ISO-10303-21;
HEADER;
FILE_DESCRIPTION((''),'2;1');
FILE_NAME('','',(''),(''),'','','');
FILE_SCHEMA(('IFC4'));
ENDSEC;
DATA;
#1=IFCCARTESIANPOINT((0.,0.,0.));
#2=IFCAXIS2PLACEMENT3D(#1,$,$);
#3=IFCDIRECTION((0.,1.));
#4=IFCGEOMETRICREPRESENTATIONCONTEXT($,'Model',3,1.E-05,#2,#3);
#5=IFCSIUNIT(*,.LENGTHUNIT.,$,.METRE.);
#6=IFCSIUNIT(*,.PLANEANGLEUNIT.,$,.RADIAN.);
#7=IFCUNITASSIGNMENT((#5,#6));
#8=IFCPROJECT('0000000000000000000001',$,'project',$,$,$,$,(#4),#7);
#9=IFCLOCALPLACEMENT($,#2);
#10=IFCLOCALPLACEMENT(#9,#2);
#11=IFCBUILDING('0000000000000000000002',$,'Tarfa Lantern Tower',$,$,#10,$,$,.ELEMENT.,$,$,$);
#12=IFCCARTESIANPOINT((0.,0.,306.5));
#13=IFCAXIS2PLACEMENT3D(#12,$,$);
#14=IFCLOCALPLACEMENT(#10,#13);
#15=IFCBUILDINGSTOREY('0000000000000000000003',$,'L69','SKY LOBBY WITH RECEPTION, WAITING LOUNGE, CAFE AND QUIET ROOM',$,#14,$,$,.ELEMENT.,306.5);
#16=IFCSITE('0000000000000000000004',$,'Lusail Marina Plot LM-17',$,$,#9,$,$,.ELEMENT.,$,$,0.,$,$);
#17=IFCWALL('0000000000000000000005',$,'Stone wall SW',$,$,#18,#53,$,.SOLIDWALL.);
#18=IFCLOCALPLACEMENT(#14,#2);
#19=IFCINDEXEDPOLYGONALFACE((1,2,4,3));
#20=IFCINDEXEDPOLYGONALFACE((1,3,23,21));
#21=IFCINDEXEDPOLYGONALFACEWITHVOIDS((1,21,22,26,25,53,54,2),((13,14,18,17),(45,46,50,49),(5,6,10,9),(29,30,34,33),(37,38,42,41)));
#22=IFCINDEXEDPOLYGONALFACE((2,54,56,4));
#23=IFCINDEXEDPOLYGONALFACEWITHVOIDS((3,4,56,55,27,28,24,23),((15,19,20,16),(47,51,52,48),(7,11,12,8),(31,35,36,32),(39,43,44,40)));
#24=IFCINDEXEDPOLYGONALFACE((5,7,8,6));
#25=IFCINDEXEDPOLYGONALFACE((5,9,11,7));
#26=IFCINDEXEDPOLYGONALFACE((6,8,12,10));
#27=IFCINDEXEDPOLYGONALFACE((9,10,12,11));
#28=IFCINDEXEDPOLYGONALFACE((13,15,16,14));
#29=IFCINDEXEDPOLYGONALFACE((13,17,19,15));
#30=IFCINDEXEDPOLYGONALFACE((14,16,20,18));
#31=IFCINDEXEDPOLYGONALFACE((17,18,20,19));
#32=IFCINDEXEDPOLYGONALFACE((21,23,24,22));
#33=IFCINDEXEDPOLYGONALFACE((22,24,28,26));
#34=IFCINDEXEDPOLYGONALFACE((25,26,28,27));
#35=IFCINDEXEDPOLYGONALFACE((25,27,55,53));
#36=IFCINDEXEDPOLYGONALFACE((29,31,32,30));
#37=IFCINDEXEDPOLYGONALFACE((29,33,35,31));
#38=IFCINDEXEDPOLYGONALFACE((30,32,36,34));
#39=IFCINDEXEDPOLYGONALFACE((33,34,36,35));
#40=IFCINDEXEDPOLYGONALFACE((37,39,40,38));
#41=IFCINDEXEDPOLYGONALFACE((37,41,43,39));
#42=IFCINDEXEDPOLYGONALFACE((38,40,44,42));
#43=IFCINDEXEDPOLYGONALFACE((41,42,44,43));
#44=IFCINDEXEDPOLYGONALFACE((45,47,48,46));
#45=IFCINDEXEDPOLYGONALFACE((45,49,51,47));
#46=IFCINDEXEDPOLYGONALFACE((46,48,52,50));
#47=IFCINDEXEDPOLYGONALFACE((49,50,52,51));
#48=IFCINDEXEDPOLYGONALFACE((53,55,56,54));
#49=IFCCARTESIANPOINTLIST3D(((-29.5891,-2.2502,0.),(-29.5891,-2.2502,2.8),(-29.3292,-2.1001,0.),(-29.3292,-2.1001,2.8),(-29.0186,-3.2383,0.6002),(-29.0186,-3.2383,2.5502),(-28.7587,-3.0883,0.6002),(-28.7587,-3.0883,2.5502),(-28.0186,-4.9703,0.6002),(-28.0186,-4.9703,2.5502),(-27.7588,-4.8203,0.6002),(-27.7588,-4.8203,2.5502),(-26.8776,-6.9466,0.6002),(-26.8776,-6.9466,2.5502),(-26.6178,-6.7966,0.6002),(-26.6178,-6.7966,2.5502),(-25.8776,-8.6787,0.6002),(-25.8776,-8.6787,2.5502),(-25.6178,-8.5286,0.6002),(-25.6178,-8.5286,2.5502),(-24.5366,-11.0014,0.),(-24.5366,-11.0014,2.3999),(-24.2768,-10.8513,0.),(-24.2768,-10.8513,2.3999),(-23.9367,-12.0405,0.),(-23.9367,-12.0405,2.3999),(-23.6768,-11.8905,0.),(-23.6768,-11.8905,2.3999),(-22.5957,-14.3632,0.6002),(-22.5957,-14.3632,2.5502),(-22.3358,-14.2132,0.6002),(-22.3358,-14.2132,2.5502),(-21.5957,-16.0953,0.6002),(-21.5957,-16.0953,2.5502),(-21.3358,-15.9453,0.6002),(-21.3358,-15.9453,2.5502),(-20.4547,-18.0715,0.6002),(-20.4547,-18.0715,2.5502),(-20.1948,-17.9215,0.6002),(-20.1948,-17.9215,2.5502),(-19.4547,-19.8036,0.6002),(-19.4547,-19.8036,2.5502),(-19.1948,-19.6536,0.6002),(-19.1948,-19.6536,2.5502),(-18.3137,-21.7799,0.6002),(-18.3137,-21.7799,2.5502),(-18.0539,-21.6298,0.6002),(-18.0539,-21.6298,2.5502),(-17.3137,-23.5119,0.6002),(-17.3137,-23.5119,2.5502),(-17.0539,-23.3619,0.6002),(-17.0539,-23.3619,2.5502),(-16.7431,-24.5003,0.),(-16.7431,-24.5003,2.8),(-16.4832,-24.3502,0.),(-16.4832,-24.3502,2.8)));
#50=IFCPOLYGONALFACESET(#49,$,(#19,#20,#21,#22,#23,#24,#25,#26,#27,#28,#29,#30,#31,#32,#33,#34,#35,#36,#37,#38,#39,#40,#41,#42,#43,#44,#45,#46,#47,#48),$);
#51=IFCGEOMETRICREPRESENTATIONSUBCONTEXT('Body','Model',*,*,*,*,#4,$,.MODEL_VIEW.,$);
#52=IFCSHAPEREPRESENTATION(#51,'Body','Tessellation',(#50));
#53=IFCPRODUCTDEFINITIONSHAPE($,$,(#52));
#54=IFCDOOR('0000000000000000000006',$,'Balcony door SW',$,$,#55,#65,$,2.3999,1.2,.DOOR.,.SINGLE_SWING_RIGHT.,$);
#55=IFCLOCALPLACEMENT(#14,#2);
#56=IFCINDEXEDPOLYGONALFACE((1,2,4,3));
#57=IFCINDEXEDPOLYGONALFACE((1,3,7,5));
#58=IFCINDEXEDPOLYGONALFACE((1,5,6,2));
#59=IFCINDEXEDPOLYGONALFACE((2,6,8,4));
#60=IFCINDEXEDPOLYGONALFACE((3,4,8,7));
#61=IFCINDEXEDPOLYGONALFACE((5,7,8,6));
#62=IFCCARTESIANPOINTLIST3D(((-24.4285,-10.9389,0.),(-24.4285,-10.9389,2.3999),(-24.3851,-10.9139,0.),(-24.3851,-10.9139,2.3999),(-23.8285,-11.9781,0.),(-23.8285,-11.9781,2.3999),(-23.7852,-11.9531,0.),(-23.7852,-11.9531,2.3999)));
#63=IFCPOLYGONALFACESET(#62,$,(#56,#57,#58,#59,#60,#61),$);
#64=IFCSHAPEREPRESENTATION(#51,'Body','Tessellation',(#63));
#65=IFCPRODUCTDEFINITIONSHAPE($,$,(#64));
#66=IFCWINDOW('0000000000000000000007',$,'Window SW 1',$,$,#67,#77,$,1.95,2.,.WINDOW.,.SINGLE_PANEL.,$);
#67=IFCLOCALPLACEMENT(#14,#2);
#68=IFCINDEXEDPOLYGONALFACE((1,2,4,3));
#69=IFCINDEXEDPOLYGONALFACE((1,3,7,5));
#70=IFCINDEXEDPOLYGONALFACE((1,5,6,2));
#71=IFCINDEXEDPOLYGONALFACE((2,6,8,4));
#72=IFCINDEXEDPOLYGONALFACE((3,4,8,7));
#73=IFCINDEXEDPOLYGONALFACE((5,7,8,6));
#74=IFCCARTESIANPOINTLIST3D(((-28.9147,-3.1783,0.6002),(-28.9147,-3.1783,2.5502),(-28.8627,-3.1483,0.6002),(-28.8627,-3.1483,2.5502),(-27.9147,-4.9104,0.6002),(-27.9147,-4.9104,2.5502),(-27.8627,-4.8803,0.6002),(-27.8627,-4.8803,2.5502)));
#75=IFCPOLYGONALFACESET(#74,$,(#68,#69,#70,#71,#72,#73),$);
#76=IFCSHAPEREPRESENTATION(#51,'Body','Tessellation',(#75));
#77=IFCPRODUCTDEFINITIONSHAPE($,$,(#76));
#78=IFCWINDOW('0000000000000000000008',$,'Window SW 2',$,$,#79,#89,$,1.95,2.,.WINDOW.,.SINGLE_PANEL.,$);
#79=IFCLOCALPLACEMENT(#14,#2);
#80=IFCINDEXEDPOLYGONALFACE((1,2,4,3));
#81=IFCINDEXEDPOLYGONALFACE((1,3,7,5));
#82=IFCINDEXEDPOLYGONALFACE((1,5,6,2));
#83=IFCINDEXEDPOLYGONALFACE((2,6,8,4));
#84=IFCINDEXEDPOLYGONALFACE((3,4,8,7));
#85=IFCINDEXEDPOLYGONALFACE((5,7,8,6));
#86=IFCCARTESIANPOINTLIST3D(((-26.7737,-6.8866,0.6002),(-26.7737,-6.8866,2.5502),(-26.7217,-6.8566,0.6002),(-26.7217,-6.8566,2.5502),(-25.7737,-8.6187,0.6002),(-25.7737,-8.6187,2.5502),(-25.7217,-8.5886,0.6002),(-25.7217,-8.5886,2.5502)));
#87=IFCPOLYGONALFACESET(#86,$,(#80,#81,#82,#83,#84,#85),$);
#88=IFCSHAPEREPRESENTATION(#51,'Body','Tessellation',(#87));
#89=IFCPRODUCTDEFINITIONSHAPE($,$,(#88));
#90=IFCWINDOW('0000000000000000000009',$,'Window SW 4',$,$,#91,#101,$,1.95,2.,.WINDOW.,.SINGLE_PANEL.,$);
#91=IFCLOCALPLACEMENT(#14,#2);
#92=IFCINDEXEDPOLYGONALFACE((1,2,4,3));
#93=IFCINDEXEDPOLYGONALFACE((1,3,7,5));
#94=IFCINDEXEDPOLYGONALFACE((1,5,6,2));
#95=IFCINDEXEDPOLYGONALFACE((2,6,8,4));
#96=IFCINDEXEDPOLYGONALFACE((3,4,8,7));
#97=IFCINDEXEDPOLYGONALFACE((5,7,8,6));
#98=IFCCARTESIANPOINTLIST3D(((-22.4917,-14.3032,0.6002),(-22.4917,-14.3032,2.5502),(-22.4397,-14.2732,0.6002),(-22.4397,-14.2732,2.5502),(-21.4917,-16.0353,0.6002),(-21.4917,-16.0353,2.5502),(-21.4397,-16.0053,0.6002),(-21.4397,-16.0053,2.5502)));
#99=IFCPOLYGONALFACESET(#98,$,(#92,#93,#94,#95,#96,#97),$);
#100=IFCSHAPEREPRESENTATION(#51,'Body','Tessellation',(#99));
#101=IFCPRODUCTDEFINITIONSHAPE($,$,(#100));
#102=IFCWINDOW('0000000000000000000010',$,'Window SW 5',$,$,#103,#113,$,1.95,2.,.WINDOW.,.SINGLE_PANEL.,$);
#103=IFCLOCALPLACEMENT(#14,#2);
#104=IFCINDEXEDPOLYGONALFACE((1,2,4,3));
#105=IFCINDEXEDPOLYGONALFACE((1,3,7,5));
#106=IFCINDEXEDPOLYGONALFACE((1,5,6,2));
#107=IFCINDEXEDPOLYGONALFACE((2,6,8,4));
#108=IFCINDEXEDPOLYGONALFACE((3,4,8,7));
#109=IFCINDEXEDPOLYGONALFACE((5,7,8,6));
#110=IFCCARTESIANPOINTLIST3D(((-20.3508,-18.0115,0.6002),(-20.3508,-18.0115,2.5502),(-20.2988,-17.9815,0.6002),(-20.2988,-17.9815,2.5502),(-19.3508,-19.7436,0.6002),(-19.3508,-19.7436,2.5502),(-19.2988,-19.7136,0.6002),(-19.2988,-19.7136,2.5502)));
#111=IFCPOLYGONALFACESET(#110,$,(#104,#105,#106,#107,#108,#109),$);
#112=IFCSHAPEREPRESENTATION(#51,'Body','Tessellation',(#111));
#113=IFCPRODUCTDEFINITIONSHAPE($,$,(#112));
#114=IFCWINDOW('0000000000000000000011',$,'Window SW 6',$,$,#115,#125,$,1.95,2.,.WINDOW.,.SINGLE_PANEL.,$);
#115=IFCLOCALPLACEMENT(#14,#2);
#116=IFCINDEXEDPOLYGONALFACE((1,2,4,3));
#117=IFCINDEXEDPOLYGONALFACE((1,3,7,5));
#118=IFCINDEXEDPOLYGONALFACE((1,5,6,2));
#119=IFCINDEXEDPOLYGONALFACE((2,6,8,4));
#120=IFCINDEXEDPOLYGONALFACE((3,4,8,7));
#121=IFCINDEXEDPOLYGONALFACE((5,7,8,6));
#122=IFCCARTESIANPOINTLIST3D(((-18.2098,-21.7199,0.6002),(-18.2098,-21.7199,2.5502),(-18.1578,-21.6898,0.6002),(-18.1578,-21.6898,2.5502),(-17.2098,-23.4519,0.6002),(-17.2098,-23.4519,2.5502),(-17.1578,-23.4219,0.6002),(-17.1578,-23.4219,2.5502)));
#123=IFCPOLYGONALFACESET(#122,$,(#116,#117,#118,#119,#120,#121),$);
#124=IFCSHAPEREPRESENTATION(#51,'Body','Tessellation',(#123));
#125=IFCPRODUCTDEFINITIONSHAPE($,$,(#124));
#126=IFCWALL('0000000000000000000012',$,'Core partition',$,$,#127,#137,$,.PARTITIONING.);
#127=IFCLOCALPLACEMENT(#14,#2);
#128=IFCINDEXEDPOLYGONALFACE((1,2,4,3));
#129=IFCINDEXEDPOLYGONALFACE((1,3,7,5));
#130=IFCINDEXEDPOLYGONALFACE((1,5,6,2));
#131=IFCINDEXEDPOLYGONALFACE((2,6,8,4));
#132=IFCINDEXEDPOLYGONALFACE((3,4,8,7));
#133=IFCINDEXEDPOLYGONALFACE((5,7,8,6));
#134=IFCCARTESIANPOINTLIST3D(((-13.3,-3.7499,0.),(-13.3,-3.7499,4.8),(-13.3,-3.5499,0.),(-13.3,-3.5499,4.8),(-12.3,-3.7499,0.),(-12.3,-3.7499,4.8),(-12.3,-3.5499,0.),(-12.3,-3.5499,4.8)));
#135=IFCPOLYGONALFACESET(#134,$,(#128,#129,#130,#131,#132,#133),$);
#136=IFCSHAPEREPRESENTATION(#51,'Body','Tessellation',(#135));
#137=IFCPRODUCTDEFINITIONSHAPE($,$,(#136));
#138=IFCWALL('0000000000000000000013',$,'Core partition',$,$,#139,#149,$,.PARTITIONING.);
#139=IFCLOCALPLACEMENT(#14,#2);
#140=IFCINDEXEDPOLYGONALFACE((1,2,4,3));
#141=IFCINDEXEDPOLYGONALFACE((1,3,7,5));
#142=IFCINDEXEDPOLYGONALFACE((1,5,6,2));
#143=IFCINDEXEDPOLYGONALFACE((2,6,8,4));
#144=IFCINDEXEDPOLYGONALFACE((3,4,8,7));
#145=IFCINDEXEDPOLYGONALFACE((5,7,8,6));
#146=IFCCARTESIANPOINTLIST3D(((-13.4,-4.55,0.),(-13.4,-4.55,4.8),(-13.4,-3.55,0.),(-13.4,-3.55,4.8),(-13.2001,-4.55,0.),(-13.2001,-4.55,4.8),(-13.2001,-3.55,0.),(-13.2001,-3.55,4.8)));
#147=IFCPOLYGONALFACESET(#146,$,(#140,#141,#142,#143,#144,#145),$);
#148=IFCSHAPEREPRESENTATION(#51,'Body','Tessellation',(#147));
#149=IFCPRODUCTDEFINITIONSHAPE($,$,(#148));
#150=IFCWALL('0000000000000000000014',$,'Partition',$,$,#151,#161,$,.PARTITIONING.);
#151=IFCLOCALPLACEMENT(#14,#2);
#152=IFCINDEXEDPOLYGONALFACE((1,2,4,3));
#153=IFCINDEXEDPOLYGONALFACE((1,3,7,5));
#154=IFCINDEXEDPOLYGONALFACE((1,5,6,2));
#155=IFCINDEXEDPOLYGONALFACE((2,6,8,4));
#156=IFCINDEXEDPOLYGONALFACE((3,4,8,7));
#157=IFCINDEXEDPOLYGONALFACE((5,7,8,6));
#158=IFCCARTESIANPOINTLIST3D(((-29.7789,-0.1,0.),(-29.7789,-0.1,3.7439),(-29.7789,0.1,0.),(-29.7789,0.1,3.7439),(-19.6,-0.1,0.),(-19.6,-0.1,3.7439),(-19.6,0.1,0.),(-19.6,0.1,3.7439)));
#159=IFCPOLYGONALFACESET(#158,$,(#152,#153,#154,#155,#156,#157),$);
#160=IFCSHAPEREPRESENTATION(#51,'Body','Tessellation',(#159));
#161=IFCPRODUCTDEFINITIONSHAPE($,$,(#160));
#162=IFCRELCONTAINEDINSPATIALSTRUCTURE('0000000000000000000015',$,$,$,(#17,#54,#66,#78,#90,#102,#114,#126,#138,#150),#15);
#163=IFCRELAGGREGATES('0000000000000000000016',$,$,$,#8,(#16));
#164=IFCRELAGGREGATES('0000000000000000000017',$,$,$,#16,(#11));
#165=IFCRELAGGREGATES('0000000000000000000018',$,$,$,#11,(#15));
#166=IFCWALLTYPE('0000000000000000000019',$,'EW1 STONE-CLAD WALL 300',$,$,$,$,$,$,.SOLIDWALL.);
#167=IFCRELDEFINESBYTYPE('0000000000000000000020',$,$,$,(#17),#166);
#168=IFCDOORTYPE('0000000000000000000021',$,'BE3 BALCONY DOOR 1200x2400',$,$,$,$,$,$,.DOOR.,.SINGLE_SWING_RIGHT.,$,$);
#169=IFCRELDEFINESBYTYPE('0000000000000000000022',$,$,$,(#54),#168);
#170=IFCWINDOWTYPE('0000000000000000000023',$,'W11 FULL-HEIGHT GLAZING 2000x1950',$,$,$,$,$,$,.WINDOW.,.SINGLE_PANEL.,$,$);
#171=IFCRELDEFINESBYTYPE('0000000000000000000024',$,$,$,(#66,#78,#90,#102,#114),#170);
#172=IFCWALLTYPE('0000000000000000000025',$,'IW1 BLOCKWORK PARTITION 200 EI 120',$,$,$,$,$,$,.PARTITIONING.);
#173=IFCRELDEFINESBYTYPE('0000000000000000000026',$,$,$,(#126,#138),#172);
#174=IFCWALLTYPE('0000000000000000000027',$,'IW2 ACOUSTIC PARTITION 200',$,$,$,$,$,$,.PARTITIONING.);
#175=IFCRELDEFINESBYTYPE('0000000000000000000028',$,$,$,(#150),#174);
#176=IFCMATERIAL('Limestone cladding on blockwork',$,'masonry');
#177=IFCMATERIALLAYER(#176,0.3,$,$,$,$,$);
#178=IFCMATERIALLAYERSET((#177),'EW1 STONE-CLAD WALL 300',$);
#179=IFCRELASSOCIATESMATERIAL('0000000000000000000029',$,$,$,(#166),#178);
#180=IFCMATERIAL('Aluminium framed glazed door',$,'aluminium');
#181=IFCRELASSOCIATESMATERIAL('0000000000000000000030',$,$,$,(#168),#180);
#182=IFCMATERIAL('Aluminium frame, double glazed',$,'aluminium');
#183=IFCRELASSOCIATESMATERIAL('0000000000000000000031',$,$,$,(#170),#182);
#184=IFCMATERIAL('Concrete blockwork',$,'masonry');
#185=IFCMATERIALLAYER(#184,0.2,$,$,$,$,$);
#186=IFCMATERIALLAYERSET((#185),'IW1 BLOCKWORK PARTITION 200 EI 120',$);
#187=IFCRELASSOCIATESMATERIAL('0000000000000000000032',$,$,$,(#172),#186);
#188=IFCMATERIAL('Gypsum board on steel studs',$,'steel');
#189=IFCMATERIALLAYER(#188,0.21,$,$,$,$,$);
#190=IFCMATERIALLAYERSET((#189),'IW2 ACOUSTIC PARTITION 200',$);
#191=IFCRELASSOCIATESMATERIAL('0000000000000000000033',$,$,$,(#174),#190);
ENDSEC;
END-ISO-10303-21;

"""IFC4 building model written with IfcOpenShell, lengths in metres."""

from ifc_helpers import new_model, si_unit, direction, frame, frame_2d, origin, place, context, subcontext, project, spatial, rectangle, extrude, material, layer, layer_set, type_object, element, fill, save


model = new_model("IFC4")

# Units and contexts
model_context = context("Model", 3, precision=1e-05, world=origin(), true_north=direction((0.0, 1.0)))
body_context = subcontext(model_context, "Body", "Model", "MODEL_VIEW")
ifc_project = project(units=[si_unit("LENGTHUNIT", "METRE"), si_unit("PLANEANGLEUNIT", "RADIAN")], contexts=[model_context])

# Site, building, storey
site_placement = place(None, origin())
site = spatial("IfcSite", under=ifc_project, at=site_placement, Name="Lusail Marina Plot LM-17", CompositionType="ELEMENT", RefElevation=0.0)
building_placement = place(site_placement, origin())
building = spatial("IfcBuilding", under=site, at=building_placement, Name="Tarfa Lantern Tower", CompositionType="ELEMENT")
storey_placement = place(building_placement, frame((0.0, 0.0, 306.5)))
storey = spatial("IfcBuildingStorey", under=building, at=storey_placement, Name="L69", Description="SKY LOBBY WITH RECEPTION, WAITING LOUNGE, CAFE AND QUIET ROOM", CompositionType="ELEMENT", Elevation=306.5)

# Wall, openings, door, windows
ifc_material_1 = material(Name="Limestone cladding on blockwork", Category="masonry")
ifc_layer_1 = layer(ifc_material_1, 0.3)
ifc_layer_set_1 = layer_set([ifc_layer_1], Name="EW1 STONE-CLAD WALL 300")
wall_type_1 = type_object("IfcWallType", Name="EW1 STONE-CLAD WALL 300", PredefinedType="SOLIDWALL", material=ifc_layer_set_1)
wall_1_placement = place(storey_placement, frame((-29.4592, -2.175, 0.0), z_axis=(0.0, 0.0, 1.0), x_axis=(0.499997, -0.866027, 0.0)))
wall_1 = element("IfcWall", 1, at=wall_1_placement, inside=storey, type_object=wall_type_1, Name="Stone wall SW", PredefinedType="SOLIDWALL", context=body_context, shape_type="SweptSolid", body=[
    extrude(rectangle(XDim=25.6921, YDim=0.3, at=frame_2d((12.8462, 0.0))), origin(), (0.0, 0.0, 1.0), 2.8),
])
opening_1_placement = place(wall_1_placement, frame((1.1411, 0.0, 0.6001)))
opening_1 = element("IfcOpeningElement", 2, at=opening_1_placement, cuts=wall_1, PredefinedType="OPENING", context=body_context, shape_type="SweptSolid", body=[
    extrude(rectangle(XDim=2.0, YDim=1.95, at=frame_2d((1.0, 0.9751))), frame((0.0, 0.1599, 0.0), z_axis=(0.0, -1.0, 0.0), x_axis=(1.0, 0.0, 0.0)), (0.0, 0.0, 1.0), 0.3201),
])
opening_2_placement = place(wall_1_placement, frame((5.4231, 0.0, 0.6001)))
opening_2 = element("IfcOpeningElement", 3, at=opening_2_placement, cuts=wall_1, PredefinedType="OPENING", context=body_context, shape_type="SweptSolid", body=[
    extrude(rectangle(XDim=2.0, YDim=1.95, at=frame_2d((1.0, 0.9751))), frame((0.0, 0.1599, 0.0), z_axis=(0.0, -1.0, 0.0), x_axis=(1.0, 0.0, 0.0)), (0.0, 0.0, 1.0), 0.3201),
])
opening_3_placement = place(wall_1_placement, frame((10.105, 0.0, 0.0)))
opening_3 = element("IfcOpeningElement", 4, at=opening_3_placement, cuts=wall_1, PredefinedType="OPENING", context=body_context, shape_type="SweptSolid", body=[
    extrude(rectangle(XDim=1.2, YDim=2.3999, at=frame_2d((0.6001, 1.2))), frame((0.0, 0.1599, 0.0), z_axis=(0.0, -1.0, 0.0), x_axis=(1.0, 0.0, 0.0)), (0.0, 0.0, 1.0), 0.3201),
])
opening_4_placement = place(wall_1_placement, frame((13.9871, 0.0, 0.6001)))
opening_4 = element("IfcOpeningElement", 5, at=opening_4_placement, cuts=wall_1, PredefinedType="OPENING", context=body_context, shape_type="SweptSolid", body=[
    extrude(rectangle(XDim=2.0, YDim=1.95, at=frame_2d((1.0, 0.9751))), frame((0.0, 0.1599, 0.0), z_axis=(0.0, -1.0, 0.0), x_axis=(1.0, 0.0, 0.0)), (0.0, 0.0, 1.0), 0.3201),
])
opening_5_placement = place(wall_1_placement, frame((18.269, 0.0, 0.6001)))
opening_5 = element("IfcOpeningElement", 6, at=opening_5_placement, cuts=wall_1, PredefinedType="OPENING", context=body_context, shape_type="SweptSolid", body=[
    extrude(rectangle(XDim=2.0, YDim=1.95, at=frame_2d((1.0, 0.9751))), frame((0.0, 0.1599, 0.0), z_axis=(0.0, -1.0, 0.0), x_axis=(1.0, 0.0, 0.0)), (0.0, 0.0, 1.0), 0.3201),
])
opening_6_placement = place(wall_1_placement, frame((22.551, 0.0, 0.6001)))
opening_6 = element("IfcOpeningElement", 7, at=opening_6_placement, cuts=wall_1, PredefinedType="OPENING", context=body_context, shape_type="SweptSolid", body=[
    extrude(rectangle(XDim=2.0, YDim=1.95, at=frame_2d((1.0, 0.9751))), frame((0.0, 0.1599, 0.0), z_axis=(0.0, -1.0, 0.0), x_axis=(1.0, 0.0, 0.0)), (0.0, 0.0, 1.0), 0.3201),
])
ifc_material_2 = material(Name="Aluminium framed glazed door", Category="aluminium")
door_type_1 = type_object("IfcDoorType", Name="BE3 BALCONY DOOR 1200x2400", OperationType="SINGLE_SWING_RIGHT", PredefinedType="DOOR", material=ifc_material_2)
door_1_placement = place(opening_3_placement, origin())
door_1 = element("IfcDoor", 8, at=door_1_placement, inside=storey, type_object=door_type_1, Name="Balcony door SW", OperationType="SINGLE_SWING_RIGHT", OverallHeight=2.3999, OverallWidth=1.2, PredefinedType="DOOR", context=body_context, shape_type="SweptSolid", body=[
    extrude(rectangle(XDim=1.2, YDim=2.3999, at=frame_2d((0.6001, 1.2))), frame((0.0, 0.0249, 0.0), z_axis=(0.0, -1.0, 0.0), x_axis=(1.0, 0.0, 0.0)), (0.0, 0.0, 1.0), 0.05),
])
fill(opening_3, door_1)
ifc_material_3 = material(Name="Aluminium frame, double glazed", Category="aluminium")
window_type = type_object("IfcWindowType", Name="W11 FULL-HEIGHT GLAZING 2000x1950", PartitioningType="SINGLE_PANEL", PredefinedType="WINDOW", material=ifc_material_3)
window_1_placement = place(opening_1_placement, origin())
window_1 = element("IfcWindow", 9, at=window_1_placement, inside=storey, type_object=window_type, Name="Window SW 1", OverallHeight=1.95, OverallWidth=2.0, PartitioningType="SINGLE_PANEL", PredefinedType="WINDOW", context=body_context, shape_type="SweptSolid", body=[
    extrude(rectangle(XDim=2.0, YDim=1.95, at=frame_2d((1.0, 0.9751))), frame((0.0, 0.03, 0.0), z_axis=(0.0, -1.0, 0.0), x_axis=(1.0, 0.0, 0.0)), (0.0, 0.0, 1.0), 0.0601),
])
fill(opening_1, window_1)
window_2_placement = place(opening_2_placement, origin())
window_2 = element("IfcWindow", 10, at=window_2_placement, inside=storey, type_object=window_type, Name="Window SW 2", OverallHeight=1.95, OverallWidth=2.0, PartitioningType="SINGLE_PANEL", PredefinedType="WINDOW", context=body_context, shape_type="SweptSolid", body=[
    extrude(rectangle(XDim=2.0, YDim=1.95, at=frame_2d((1.0, 0.9751))), frame((0.0, 0.03, 0.0), z_axis=(0.0, -1.0, 0.0), x_axis=(1.0, 0.0, 0.0)), (0.0, 0.0, 1.0), 0.0601),
])
fill(opening_2, window_2)
window_3_placement = place(opening_4_placement, origin())
window_3 = element("IfcWindow", 11, at=window_3_placement, inside=storey, type_object=window_type, Name="Window SW 4", OverallHeight=1.95, OverallWidth=2.0, PartitioningType="SINGLE_PANEL", PredefinedType="WINDOW", context=body_context, shape_type="SweptSolid", body=[
    extrude(rectangle(XDim=2.0, YDim=1.95, at=frame_2d((1.0, 0.9751))), frame((0.0, 0.03, 0.0), z_axis=(0.0, -1.0, 0.0), x_axis=(1.0, 0.0, 0.0)), (0.0, 0.0, 1.0), 0.0601),
])
fill(opening_4, window_3)
window_4_placement = place(opening_5_placement, origin())
window_4 = element("IfcWindow", 12, at=window_4_placement, inside=storey, type_object=window_type, Name="Window SW 5", OverallHeight=1.95, OverallWidth=2.0, PartitioningType="SINGLE_PANEL", PredefinedType="WINDOW", context=body_context, shape_type="SweptSolid", body=[
    extrude(rectangle(XDim=2.0, YDim=1.95, at=frame_2d((1.0, 0.9751))), frame((0.0, 0.03, 0.0), z_axis=(0.0, -1.0, 0.0), x_axis=(1.0, 0.0, 0.0)), (0.0, 0.0, 1.0), 0.0601),
])
fill(opening_5, window_4)
window_5_placement = place(opening_6_placement, origin())
window_5 = element("IfcWindow", 13, at=window_5_placement, inside=storey, type_object=window_type, Name="Window SW 6", OverallHeight=1.95, OverallWidth=2.0, PartitioningType="SINGLE_PANEL", PredefinedType="WINDOW", context=body_context, shape_type="SweptSolid", body=[
    extrude(rectangle(XDim=2.0, YDim=1.95, at=frame_2d((1.0, 0.9751))), frame((0.0, 0.03, 0.0), z_axis=(0.0, -1.0, 0.0), x_axis=(1.0, 0.0, 0.0)), (0.0, 0.0, 1.0), 0.0601),
])
fill(opening_6, window_5)

# Walls
ifc_material_4 = material(Name="Concrete blockwork", Category="masonry")
ifc_layer_2 = layer(ifc_material_4, 0.2)
ifc_layer_set_2 = layer_set([ifc_layer_2], Name="IW1 BLOCKWORK PARTITION 200 EI 120")
wall_type_2 = type_object("IfcWallType", Name="IW1 BLOCKWORK PARTITION 200 EI 120", PredefinedType="PARTITIONING", material=ifc_layer_set_2)
for number, where, z_axis, x_axis, name in (
    (14, (-12.3, -3.6499, 0.0), (0.0, 0.0, 1.0), (-1.0, 0.0, 0.0), "Core partition"),
    (15, (-13.3, -3.55, 0.0), (0.0, 0.0, 1.0), (0.0, -1.0, 0.0), "Core partition"),
):
    element("IfcWall", number, at=place(storey_placement, frame(where, z_axis=z_axis, x_axis=x_axis)), inside=storey, type_object=wall_type_2, Name=name, PredefinedType="PARTITIONING", context=body_context, shape_type="SweptSolid", body=[
        extrude(rectangle(XDim=1.0, YDim=0.2, at=frame_2d((0.5, 0.0))), origin(), (0.0, 0.0, 1.0), 4.8),
    ])
ifc_material_5 = material(Name="Gypsum board on steel studs", Category="steel")
ifc_layer_3 = layer(ifc_material_5, 0.21)
ifc_layer_set_3 = layer_set([ifc_layer_3], Name="IW2 ACOUSTIC PARTITION 200")
wall_type_3 = type_object("IfcWallType", Name="IW2 ACOUSTIC PARTITION 200", PredefinedType="PARTITIONING", material=ifc_layer_set_3)
wall_2_placement = place(storey_placement, frame((-19.6001, 0.0, 0.0), z_axis=(0.0, 0.0, 1.0), x_axis=(-1.0, 0.0, 0.0)))
element("IfcWall", 16, at=wall_2_placement, inside=storey, type_object=wall_type_3, Name="Partition", PredefinedType="PARTITIONING", context=body_context, shape_type="SweptSolid", body=[
    extrude(rectangle(XDim=10.179, YDim=0.2, at=frame_2d((5.0894, 0.0))), origin(), (0.0, 0.0, 1.0), 3.7439),
])

save(model, "model.ifc")
